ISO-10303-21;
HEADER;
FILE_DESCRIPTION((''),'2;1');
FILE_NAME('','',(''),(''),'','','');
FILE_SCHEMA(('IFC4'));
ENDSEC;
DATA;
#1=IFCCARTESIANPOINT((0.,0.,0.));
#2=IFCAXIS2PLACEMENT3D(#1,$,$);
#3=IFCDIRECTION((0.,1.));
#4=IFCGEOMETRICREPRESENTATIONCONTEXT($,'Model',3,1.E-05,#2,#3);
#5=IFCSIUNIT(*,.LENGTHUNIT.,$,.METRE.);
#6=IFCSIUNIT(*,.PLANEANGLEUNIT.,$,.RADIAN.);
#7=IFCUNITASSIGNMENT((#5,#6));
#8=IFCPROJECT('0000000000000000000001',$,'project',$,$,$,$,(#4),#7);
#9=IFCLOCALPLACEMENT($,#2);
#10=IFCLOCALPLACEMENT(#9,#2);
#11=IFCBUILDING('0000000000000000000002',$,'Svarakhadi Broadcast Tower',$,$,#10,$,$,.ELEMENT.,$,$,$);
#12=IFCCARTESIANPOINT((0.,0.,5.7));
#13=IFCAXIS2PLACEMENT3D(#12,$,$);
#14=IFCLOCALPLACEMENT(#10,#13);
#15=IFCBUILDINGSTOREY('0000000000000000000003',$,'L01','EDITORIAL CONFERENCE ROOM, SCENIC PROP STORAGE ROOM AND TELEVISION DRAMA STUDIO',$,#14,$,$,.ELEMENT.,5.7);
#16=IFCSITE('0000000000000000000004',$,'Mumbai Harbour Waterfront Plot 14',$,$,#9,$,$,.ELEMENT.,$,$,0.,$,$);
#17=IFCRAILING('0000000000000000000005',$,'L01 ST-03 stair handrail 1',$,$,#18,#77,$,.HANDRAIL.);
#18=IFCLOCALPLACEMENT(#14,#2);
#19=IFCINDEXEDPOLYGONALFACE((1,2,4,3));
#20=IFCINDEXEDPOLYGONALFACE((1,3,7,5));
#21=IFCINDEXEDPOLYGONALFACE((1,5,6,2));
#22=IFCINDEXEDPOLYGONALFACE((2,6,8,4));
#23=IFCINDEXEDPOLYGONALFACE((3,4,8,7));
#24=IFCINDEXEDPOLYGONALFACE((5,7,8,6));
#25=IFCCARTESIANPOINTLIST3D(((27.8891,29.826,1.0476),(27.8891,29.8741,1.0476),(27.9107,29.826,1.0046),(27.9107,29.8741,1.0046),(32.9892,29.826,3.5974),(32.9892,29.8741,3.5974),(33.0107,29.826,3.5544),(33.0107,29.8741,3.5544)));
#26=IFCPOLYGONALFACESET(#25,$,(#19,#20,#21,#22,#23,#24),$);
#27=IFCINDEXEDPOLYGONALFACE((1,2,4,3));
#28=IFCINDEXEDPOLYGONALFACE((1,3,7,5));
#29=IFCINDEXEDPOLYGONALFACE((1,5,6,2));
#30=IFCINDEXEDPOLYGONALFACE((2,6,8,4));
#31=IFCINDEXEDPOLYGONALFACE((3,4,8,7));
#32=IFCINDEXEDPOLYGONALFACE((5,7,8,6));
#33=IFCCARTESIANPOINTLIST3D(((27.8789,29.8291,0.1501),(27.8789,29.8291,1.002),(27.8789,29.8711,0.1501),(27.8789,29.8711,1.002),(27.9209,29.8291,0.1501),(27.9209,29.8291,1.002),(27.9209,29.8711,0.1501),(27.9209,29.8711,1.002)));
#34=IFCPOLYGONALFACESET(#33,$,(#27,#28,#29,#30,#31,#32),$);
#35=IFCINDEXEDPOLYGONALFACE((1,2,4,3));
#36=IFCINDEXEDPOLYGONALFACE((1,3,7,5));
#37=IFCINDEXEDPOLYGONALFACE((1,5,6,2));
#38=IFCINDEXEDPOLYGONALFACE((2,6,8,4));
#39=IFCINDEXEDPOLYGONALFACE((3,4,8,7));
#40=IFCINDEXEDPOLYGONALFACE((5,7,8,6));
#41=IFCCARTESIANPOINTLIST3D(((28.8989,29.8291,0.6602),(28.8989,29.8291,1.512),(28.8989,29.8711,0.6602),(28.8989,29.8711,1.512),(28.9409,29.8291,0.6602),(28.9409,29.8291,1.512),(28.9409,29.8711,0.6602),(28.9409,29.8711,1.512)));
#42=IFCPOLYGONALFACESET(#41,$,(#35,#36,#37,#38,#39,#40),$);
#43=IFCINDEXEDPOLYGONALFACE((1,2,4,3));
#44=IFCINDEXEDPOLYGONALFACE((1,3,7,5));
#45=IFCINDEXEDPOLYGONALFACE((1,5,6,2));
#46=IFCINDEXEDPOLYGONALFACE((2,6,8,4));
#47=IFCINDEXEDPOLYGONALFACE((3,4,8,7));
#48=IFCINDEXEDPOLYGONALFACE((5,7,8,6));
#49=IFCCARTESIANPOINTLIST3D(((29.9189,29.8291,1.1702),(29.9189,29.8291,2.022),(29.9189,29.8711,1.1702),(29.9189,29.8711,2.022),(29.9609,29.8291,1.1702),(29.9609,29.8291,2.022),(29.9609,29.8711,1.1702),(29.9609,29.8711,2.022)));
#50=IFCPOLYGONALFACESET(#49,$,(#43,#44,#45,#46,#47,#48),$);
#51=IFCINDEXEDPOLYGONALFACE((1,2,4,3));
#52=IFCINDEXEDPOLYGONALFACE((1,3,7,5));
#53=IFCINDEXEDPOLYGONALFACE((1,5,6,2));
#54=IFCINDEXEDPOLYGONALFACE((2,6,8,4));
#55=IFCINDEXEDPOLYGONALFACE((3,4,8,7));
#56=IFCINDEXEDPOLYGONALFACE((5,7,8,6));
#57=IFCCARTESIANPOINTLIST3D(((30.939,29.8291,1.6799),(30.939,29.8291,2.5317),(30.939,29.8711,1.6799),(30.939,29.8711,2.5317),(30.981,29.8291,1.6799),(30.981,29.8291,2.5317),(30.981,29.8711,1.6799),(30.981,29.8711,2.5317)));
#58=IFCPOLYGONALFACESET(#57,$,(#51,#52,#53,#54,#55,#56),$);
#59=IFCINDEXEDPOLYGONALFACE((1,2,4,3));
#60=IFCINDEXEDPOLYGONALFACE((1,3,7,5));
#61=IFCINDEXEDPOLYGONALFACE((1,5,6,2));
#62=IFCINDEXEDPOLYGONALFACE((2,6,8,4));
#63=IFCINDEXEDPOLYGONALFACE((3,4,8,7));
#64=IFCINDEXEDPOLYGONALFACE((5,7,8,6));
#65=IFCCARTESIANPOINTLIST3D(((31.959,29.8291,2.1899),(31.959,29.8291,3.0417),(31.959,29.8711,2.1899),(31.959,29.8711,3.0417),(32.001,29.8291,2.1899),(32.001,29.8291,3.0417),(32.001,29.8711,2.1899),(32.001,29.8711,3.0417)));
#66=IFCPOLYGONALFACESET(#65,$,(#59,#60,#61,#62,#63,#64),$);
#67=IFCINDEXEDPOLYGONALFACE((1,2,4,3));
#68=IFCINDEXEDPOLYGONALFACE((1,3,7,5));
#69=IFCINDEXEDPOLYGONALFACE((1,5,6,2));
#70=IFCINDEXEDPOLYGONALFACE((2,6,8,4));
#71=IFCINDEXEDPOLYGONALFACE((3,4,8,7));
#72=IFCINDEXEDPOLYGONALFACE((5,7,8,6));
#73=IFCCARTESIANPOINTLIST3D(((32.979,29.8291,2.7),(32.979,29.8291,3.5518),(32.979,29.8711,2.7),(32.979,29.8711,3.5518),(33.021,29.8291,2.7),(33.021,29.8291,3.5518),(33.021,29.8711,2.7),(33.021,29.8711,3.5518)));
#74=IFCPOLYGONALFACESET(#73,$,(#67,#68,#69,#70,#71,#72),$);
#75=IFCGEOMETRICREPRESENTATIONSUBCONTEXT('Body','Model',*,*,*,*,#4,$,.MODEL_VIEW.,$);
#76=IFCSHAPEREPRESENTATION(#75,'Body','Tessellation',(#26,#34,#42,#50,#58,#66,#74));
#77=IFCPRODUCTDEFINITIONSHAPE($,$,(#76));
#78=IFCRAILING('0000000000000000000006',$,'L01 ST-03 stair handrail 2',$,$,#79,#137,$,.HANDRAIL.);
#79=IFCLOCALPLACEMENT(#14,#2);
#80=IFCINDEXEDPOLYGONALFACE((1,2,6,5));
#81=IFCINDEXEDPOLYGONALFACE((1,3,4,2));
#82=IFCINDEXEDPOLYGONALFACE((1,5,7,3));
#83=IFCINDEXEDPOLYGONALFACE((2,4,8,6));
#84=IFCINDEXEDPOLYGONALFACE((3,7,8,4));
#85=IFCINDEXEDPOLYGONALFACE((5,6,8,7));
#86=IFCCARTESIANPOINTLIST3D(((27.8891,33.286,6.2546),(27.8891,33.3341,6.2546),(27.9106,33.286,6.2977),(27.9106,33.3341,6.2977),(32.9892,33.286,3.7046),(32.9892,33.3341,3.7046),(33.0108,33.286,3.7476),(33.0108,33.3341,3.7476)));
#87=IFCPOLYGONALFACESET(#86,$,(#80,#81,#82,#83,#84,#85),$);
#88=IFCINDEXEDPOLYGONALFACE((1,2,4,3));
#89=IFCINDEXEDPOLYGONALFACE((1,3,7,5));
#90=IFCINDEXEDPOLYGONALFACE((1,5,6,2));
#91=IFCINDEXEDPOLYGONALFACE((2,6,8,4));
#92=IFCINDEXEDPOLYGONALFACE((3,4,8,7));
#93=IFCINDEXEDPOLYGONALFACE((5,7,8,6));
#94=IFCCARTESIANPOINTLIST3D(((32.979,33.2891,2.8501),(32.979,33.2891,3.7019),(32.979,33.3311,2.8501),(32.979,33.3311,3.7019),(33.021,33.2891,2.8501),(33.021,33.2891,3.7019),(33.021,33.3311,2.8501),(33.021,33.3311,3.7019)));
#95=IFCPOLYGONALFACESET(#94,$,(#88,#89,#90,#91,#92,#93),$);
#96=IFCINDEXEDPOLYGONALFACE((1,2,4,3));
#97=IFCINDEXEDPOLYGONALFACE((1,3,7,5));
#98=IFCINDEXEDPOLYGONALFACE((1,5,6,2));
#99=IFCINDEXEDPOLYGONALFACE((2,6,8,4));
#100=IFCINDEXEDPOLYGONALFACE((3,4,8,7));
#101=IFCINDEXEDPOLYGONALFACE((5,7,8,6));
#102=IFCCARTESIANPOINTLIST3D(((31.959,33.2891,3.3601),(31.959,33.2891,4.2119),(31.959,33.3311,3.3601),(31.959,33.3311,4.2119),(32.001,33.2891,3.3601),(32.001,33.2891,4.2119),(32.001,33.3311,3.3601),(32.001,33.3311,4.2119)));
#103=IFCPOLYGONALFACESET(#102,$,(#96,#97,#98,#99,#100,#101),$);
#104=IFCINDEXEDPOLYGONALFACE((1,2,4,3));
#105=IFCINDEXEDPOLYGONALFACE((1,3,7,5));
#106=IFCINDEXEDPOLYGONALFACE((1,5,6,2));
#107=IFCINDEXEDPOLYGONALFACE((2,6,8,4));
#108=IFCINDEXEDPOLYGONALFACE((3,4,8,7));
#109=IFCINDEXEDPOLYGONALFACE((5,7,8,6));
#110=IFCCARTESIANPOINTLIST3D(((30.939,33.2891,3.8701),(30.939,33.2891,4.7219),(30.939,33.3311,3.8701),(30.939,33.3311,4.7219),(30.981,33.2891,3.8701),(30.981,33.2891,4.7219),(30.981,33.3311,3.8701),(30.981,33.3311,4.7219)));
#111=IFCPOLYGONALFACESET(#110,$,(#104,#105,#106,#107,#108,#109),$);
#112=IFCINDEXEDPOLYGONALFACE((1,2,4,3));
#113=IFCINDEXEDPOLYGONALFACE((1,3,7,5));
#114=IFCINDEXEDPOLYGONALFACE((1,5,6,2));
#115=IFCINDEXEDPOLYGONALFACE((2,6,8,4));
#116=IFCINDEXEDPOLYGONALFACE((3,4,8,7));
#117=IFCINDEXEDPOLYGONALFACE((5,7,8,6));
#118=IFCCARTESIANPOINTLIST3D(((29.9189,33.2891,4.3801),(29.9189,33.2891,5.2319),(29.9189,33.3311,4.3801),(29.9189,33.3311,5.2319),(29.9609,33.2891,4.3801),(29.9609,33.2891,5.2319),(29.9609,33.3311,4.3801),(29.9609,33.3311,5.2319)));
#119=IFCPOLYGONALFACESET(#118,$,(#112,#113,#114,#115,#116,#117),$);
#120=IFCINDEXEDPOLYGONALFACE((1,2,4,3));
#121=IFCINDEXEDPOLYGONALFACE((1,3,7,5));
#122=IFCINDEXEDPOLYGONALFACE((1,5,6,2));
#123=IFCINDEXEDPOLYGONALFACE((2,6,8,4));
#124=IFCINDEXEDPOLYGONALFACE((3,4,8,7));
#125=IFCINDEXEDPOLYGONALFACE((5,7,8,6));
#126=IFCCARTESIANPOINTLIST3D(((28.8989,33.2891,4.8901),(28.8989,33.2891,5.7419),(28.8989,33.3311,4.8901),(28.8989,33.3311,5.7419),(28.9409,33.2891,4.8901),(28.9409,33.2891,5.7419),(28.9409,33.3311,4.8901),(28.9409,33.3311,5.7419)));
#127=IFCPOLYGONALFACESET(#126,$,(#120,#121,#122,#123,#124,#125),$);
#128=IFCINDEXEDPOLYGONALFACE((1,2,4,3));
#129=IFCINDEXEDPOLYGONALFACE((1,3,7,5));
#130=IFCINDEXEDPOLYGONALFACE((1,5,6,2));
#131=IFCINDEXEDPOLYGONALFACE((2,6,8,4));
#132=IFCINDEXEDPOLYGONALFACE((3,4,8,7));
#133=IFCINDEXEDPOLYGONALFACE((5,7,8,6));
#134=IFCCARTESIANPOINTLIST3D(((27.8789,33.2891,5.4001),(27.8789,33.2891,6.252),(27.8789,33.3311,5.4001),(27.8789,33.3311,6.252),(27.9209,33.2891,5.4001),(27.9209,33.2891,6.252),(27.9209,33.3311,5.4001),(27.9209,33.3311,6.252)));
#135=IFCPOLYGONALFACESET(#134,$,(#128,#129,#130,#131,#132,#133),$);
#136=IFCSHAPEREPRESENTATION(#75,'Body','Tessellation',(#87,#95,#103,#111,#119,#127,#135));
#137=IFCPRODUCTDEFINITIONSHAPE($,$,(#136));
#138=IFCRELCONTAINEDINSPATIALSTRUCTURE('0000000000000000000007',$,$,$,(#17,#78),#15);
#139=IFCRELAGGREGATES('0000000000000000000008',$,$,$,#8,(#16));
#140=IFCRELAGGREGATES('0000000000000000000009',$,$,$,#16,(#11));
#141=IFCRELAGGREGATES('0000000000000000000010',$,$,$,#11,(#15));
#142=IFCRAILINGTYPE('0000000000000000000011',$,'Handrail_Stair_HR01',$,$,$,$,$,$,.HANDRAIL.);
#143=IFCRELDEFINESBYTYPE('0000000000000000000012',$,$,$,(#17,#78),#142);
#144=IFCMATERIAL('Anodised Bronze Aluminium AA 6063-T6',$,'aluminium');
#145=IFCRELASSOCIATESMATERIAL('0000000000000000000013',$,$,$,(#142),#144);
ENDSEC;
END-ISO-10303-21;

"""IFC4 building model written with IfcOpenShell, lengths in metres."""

from ifc_helpers import new_model, si_unit, direction, frame, origin, origin_2d, place, context, subcontext, project, spatial, rectangle, extrude, material, type_object, element, save


model = new_model("IFC4")

# Units and contexts
model_context = context("Model", 3, precision=1e-05, world=origin(), true_north=direction((0.0, 1.0)))
body_context = subcontext(model_context, "Body", "Model", "MODEL_VIEW")
ifc_project = project(units=[si_unit("LENGTHUNIT", "METRE"), si_unit("PLANEANGLEUNIT", "RADIAN")], contexts=[model_context])

# Site, building, storey
site_placement = place(None, origin())
site = spatial("IfcSite", under=ifc_project, at=site_placement, Name="Mumbai Harbour Waterfront Plot 14", CompositionType="ELEMENT", RefElevation=0.0)
building_placement = place(site_placement, origin())
building = spatial("IfcBuilding", under=site, at=building_placement, Name="Svarakhadi Broadcast Tower", CompositionType="ELEMENT")
storey_placement = place(building_placement, frame((0.0, 0.0, 5.7)))
storey = spatial("IfcBuildingStorey", under=building, at=storey_placement, Name="L01", Description="EDITORIAL CONFERENCE ROOM, SCENIC PROP STORAGE ROOM AND TELEVISION DRAMA STUDIO", CompositionType="ELEMENT", Elevation=5.7)

# Shared definitions
ifc_material_1 = material(Name="Anodised Bronze Aluminium AA 6063-T6", Category="aluminium")

# Railings
railing_type_1 = type_object("IfcRailingType", Name="Handrail_Stair_HR01", PredefinedType="HANDRAIL", material=ifc_material_1)
railing_1_placement = place(storey_placement, frame((27.8999, 29.8501, 0.1501)))
element("IfcRailing", 1, at=railing_1_placement, inside=storey, type_object=railing_type_1, Name="L01 ST-03 stair handrail 1", PredefinedType="HANDRAIL", context=body_context, shape_type="SweptSolid", body=[
    extrude(rectangle(XDim=0.0481, YDim=0.0481, at=origin_2d()), frame((0.0, 0.0, 0.876), z_axis=(0.894444, 0.0, 0.447179), x_axis=(0.0, 1.0, 0.0)), (0.0, 0.0, 1.0), 5.7019),
    extrude(rectangle(XDim=0.042, YDim=0.042, at=origin_2d()), origin(), (0.0, 0.0, 1.0), 0.8518),
    extrude(rectangle(XDim=0.042, YDim=0.042, at=origin_2d()), frame((1.02, 0.0, 0.51)), (0.0, 0.0, 1.0), 0.8518),
    extrude(rectangle(XDim=0.042, YDim=0.042, at=origin_2d()), frame((2.04, 0.0, 1.02)), (0.0, 0.0, 1.0), 0.8518),
    extrude(rectangle(XDim=0.042, YDim=0.042, at=origin_2d()), frame((3.0601, 0.0, 1.5298)), (0.0, 0.0, 1.0), 0.8518),
    extrude(rectangle(XDim=0.042, YDim=0.042, at=origin_2d()), frame((4.0801, 0.0, 2.0398)), (0.0, 0.0, 1.0), 0.8518),
    extrude(rectangle(XDim=0.042, YDim=0.042, at=origin_2d()), frame((5.1001, 0.0, 2.5498)), (0.0, 0.0, 1.0), 0.8518),
])
railing_2_placement = place(storey_placement, frame((33.0, 33.3101, 2.8501)))
element("IfcRailing", 2, at=railing_2_placement, inside=storey, type_object=railing_type_1, Name="L01 ST-03 stair handrail 2", PredefinedType="HANDRAIL", context=body_context, shape_type="SweptSolid", body=[
    extrude(rectangle(XDim=0.0481, YDim=0.0481, at=origin_2d()), frame((0.0, 0.0, 0.876), z_axis=(-0.894427, 0.0, 0.447214), x_axis=(0.0, -1.0, 0.0)), (0.0, 0.0, 1.0), 5.7021),
    extrude(rectangle(XDim=0.042, YDim=0.042, at=origin_2d()), origin(), (0.0, 0.0, 1.0), 0.8518),
    extrude(rectangle(XDim=0.042, YDim=0.042, at=origin_2d()), frame((-1.02, 0.0, 0.51)), (0.0, 0.0, 1.0), 0.8518),
    extrude(rectangle(XDim=0.042, YDim=0.042, at=origin_2d()), frame((-2.04, 0.0, 1.02)), (0.0, 0.0, 1.0), 0.8518),
    extrude(rectangle(XDim=0.042, YDim=0.042, at=origin_2d()), frame((-3.0601, 0.0, 1.53)), (0.0, 0.0, 1.0), 0.8518),
    extrude(rectangle(XDim=0.042, YDim=0.042, at=origin_2d()), frame((-4.0801, 0.0, 2.04)), (0.0, 0.0, 1.0), 0.8518),
    extrude(rectangle(XDim=0.042, YDim=0.042, at=origin_2d()), frame((-5.1001, 0.0, 2.55)), (0.0, 0.0, 1.0), 0.8518),
])

save(model, "model.ifc")
